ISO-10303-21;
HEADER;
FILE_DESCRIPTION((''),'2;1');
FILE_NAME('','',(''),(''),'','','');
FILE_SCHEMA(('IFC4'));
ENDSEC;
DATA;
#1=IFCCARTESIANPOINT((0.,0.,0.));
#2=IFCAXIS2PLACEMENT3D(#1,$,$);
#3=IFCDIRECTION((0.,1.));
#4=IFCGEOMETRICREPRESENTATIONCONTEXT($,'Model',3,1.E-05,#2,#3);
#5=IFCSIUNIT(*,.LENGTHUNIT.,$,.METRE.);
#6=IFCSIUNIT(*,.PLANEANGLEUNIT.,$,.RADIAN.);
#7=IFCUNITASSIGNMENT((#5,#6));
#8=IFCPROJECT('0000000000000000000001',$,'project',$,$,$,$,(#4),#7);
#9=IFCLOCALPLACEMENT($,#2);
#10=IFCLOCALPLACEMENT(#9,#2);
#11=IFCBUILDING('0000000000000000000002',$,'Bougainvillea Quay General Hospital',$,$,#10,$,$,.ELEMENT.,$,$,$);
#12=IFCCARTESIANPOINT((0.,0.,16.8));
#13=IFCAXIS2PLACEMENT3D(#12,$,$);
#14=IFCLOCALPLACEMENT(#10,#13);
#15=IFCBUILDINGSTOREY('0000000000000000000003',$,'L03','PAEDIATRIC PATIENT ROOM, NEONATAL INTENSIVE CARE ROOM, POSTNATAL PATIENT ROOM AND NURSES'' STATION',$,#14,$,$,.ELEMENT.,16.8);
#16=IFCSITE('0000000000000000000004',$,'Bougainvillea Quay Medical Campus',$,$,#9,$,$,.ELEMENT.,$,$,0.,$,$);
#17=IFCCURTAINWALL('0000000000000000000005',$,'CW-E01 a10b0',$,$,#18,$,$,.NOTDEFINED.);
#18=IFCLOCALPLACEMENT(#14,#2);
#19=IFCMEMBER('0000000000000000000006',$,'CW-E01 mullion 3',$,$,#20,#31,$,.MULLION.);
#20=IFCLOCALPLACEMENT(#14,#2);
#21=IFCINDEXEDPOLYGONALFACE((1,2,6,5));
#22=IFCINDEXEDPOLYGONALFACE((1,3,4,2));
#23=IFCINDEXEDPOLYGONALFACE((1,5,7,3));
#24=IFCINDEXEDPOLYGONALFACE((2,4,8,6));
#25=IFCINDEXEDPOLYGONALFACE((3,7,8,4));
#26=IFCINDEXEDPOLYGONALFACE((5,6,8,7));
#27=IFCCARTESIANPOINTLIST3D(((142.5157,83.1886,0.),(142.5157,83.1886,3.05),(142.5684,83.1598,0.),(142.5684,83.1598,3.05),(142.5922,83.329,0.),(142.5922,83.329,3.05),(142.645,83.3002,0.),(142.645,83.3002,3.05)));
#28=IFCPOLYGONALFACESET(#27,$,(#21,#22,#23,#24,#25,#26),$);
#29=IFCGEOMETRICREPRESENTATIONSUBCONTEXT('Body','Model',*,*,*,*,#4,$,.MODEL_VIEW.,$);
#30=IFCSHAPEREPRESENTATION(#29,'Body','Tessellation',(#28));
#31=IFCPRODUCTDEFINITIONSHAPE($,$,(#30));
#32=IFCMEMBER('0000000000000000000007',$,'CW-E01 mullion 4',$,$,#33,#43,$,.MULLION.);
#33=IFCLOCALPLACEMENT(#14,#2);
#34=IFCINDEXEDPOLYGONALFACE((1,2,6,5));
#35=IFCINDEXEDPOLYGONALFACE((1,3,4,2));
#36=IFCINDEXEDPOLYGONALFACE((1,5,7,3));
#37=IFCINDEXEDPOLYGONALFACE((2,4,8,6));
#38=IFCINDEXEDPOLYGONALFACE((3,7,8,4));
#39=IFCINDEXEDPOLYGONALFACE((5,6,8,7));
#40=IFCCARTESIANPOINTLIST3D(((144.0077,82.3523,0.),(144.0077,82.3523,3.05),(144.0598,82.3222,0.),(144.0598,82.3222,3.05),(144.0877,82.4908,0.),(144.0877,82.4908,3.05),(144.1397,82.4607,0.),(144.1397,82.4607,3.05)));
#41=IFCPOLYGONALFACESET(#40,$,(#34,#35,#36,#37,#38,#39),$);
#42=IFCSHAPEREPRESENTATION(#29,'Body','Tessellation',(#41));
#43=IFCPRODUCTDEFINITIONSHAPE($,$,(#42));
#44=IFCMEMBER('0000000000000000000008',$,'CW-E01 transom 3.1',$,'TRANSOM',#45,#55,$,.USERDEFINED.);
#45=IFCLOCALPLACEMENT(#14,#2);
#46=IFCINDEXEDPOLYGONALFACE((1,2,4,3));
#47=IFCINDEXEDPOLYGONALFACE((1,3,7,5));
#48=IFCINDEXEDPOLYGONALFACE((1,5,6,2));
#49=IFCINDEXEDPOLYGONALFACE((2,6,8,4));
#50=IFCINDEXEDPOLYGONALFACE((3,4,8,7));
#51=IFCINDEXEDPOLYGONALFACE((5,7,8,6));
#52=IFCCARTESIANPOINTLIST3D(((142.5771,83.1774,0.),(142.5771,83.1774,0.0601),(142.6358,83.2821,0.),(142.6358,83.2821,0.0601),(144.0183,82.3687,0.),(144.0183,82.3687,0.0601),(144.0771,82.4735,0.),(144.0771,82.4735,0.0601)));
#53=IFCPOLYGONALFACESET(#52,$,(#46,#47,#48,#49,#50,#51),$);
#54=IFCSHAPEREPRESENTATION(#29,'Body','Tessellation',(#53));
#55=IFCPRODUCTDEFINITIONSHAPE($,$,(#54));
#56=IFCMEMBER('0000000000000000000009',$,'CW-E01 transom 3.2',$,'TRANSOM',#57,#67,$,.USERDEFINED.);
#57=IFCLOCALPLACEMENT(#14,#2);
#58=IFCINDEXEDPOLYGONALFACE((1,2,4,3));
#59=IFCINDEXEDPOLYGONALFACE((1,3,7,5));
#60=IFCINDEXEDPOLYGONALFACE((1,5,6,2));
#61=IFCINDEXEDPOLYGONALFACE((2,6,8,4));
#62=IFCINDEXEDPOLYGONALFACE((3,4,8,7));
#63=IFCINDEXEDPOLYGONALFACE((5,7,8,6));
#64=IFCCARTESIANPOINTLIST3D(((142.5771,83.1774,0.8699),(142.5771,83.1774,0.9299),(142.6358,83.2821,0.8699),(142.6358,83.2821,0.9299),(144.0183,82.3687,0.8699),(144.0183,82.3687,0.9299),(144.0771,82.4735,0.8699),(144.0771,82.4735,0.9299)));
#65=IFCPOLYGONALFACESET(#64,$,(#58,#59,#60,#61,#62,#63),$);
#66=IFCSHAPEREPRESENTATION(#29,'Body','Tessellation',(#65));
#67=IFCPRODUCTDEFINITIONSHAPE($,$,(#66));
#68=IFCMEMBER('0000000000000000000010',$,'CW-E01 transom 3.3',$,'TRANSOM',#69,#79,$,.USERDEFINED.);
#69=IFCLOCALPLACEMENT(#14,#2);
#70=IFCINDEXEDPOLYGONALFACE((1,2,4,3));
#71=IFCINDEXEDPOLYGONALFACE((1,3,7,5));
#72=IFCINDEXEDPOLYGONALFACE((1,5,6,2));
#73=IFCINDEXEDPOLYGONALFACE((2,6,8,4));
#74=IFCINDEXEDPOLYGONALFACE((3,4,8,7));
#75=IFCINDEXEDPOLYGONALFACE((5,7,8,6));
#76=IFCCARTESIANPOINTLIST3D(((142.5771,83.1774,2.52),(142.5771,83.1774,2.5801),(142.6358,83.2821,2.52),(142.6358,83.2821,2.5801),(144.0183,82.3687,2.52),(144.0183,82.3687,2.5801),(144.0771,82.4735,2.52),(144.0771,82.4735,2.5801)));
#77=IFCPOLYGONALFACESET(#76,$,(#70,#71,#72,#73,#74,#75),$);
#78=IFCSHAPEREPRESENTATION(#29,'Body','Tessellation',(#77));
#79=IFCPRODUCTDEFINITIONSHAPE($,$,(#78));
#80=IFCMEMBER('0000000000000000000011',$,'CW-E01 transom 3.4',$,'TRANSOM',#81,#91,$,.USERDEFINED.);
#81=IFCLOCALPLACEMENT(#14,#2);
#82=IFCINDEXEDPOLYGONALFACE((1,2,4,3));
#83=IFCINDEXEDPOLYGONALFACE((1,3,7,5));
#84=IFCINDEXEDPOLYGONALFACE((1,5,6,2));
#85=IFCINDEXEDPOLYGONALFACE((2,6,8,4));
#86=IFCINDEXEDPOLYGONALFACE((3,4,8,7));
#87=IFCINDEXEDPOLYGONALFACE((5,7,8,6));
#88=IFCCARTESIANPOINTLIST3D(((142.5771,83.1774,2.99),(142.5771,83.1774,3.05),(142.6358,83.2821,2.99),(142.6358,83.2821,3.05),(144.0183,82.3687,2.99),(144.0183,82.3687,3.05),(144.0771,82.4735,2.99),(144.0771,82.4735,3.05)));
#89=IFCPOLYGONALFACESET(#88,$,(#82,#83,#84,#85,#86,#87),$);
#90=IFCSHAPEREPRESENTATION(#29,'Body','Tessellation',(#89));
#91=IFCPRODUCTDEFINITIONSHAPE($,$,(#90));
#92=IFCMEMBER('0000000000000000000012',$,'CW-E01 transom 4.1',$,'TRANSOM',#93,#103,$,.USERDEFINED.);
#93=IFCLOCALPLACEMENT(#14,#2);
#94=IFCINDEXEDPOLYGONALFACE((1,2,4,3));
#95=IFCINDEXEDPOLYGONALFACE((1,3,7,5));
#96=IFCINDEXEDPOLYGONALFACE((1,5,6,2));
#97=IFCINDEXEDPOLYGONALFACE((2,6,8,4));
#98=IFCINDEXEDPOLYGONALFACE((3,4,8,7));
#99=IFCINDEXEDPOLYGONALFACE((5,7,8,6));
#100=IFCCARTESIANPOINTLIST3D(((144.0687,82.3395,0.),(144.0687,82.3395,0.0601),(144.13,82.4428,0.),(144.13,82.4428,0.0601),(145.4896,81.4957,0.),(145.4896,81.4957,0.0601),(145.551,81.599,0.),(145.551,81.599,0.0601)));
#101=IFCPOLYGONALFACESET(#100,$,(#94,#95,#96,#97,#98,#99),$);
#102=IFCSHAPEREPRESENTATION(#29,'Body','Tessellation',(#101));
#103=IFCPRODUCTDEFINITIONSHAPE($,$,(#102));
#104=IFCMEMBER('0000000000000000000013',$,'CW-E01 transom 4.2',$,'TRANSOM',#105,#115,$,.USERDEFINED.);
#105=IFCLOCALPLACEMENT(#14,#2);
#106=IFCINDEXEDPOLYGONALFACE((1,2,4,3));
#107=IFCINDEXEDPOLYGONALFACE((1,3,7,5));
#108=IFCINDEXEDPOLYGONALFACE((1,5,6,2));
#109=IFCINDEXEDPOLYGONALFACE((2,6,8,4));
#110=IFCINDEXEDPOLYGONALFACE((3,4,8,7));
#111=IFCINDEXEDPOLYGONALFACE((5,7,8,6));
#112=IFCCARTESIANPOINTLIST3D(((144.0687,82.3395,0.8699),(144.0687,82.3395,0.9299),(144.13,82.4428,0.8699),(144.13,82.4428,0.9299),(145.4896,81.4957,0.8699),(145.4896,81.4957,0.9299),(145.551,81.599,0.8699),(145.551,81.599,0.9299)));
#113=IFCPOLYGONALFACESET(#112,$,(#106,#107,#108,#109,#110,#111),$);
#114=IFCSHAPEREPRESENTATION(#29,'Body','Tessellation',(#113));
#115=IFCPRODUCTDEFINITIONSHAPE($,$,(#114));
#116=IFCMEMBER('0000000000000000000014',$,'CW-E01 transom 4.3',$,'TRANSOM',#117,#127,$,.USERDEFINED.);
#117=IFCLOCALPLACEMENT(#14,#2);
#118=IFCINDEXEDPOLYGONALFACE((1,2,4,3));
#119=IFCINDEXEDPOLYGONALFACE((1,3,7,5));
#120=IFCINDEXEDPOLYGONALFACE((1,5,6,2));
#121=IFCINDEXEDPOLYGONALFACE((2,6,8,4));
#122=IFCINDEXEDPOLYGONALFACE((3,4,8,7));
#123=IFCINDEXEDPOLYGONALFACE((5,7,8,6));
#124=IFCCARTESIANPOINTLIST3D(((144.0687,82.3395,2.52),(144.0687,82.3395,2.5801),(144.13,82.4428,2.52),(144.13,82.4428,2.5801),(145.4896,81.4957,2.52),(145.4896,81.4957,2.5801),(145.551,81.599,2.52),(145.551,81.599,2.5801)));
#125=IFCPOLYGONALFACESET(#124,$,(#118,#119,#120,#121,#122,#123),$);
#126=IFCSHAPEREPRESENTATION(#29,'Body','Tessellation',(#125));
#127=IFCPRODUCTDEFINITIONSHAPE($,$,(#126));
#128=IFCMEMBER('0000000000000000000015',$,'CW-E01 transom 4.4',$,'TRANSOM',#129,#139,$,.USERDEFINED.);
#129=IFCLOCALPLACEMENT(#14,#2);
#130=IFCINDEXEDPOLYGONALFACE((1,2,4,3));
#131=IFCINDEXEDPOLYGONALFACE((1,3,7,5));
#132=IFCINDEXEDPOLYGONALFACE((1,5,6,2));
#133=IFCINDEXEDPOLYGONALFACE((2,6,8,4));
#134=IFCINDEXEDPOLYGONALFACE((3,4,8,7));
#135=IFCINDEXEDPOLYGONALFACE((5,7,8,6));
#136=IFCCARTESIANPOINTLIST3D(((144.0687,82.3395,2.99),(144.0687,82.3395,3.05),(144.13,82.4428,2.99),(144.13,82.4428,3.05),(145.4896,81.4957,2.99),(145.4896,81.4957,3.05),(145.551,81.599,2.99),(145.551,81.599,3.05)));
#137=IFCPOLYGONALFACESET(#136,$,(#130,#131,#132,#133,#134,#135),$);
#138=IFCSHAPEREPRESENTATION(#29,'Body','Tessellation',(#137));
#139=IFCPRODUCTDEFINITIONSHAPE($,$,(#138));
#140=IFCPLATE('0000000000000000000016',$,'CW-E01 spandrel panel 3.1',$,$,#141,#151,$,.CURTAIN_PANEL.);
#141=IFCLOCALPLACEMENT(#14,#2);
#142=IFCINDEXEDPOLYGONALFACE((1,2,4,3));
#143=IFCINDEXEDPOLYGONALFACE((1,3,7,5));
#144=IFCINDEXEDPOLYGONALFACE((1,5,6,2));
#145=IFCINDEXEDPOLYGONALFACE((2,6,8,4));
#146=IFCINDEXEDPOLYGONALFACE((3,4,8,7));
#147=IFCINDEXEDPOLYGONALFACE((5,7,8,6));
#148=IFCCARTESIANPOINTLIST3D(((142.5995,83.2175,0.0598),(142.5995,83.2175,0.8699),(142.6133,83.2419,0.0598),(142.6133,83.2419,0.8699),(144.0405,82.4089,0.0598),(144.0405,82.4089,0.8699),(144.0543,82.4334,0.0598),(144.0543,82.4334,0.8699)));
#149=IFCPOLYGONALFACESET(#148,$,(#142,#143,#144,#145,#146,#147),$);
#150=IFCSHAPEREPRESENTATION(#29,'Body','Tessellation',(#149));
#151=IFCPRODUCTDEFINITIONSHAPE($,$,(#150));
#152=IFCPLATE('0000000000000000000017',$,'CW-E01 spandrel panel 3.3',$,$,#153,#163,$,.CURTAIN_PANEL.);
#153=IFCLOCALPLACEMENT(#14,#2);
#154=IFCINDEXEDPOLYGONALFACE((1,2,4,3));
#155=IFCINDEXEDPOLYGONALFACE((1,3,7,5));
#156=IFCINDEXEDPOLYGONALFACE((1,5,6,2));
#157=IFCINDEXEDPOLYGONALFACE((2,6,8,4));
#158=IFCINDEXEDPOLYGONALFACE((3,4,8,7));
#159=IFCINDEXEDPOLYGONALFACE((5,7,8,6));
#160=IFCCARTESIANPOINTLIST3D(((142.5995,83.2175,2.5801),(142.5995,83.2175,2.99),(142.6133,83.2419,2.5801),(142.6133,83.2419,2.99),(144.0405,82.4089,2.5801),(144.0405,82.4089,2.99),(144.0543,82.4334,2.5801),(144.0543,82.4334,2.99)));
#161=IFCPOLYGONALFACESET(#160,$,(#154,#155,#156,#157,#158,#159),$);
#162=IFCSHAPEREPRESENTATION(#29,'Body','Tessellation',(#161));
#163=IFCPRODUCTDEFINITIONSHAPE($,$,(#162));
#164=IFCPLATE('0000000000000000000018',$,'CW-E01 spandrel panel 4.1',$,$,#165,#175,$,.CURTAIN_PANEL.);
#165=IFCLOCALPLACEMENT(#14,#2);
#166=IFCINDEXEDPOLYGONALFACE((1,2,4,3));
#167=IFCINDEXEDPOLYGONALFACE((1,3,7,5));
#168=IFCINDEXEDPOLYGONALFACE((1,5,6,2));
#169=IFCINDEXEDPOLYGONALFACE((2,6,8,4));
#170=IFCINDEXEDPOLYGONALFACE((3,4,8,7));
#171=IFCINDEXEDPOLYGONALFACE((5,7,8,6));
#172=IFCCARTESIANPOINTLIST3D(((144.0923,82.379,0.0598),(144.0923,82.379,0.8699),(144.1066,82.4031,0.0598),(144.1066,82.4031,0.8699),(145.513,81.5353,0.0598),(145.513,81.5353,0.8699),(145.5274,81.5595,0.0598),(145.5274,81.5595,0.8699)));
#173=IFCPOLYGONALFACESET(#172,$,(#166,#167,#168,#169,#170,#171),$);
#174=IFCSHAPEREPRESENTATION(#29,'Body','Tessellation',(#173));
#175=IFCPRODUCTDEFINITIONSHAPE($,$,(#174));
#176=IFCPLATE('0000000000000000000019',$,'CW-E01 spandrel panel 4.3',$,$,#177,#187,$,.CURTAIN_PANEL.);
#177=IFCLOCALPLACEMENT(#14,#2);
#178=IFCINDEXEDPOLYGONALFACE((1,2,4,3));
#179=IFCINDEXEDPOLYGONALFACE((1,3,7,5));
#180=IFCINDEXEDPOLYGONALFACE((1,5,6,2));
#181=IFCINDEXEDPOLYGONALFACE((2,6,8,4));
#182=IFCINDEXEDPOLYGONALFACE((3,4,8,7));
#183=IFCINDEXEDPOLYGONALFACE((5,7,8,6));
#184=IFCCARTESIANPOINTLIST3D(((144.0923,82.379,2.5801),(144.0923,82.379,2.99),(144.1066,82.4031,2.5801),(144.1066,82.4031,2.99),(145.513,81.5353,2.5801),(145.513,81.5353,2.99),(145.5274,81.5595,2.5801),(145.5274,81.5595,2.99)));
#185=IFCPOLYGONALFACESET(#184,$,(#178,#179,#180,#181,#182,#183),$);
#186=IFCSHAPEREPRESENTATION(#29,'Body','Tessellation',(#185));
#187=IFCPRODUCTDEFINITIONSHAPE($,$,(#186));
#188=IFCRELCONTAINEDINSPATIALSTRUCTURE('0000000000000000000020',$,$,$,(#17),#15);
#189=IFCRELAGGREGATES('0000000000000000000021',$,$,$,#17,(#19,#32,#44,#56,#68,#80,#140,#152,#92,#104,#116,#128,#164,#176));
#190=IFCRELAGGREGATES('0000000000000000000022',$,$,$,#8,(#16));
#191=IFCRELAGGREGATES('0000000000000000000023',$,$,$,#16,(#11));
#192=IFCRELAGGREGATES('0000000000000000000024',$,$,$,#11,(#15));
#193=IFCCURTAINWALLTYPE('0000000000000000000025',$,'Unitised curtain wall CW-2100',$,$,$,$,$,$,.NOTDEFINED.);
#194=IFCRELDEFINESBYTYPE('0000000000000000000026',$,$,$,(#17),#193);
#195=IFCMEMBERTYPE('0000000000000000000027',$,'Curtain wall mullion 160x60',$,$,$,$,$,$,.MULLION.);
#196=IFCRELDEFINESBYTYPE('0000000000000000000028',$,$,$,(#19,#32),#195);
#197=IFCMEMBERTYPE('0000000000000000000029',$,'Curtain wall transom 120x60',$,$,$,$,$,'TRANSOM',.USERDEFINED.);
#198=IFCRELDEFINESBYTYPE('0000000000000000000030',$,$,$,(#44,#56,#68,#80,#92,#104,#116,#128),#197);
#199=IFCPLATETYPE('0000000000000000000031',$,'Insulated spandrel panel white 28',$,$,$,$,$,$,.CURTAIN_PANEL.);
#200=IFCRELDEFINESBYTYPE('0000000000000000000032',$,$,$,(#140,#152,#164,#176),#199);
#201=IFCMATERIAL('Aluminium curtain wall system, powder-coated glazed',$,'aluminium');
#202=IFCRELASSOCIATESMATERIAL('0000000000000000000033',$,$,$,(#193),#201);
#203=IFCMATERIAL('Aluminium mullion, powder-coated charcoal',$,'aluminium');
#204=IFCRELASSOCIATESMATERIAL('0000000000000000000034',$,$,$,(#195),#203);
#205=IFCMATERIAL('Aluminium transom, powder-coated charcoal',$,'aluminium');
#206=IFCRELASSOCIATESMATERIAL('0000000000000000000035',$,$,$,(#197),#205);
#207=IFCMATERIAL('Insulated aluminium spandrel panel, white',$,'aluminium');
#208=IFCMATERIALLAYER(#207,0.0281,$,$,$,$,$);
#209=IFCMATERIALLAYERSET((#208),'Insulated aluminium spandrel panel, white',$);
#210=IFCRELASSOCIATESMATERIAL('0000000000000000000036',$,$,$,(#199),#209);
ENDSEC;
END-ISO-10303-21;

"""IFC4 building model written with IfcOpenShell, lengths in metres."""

from ifc_helpers import new_model, si_unit, direction, frame, origin, origin_2d, place, context, subcontext, project, spatial, rectangle, extrude, material, layer, layer_set, material_profile, profile_set, type_object, element, aggregate, save


model = new_model("IFC4")

# Units and contexts
model_context = context("Model", 3, precision=1e-05, world=origin(), true_north=direction((0.0, 1.0)))
body_context = subcontext(model_context, "Body", "Model", "MODEL_VIEW")
ifc_project = project(units=[si_unit("LENGTHUNIT", "METRE"), si_unit("PLANEANGLEUNIT", "RADIAN")], contexts=[model_context])

# Site, building, storey
site_placement = place(None, origin())
site = spatial("IfcSite", under=ifc_project, at=site_placement, Name="Bougainvillea Quay Medical Campus", CompositionType="ELEMENT", RefElevation=0.0)
building_placement = place(site_placement, origin())
building = spatial("IfcBuilding", under=site, at=building_placement, Name="Bougainvillea Quay General Hospital", CompositionType="ELEMENT")
storey_placement = place(building_placement, frame((0.0, 0.0, 16.8)))
storey = spatial("IfcBuildingStorey", under=building, at=storey_placement, Name="L03", Description="PAEDIATRIC PATIENT ROOM, NEONATAL INTENSIVE CARE ROOM, POSTNATAL PATIENT ROOM AND NURSES' STATION", CompositionType="ELEMENT", Elevation=16.8)

# Curtain wall, members, plates
ifc_material_1 = material(Name="Aluminium curtain wall system, powder-coated glazed", Category="aluminium")
curtain_wall_type = type_object("IfcCurtainWallType", Name="Unitised curtain wall CW-2100", PredefinedType="NOTDEFINED", material=ifc_material_1)
curtain_wall_placement = place(storey_placement, origin())
curtain_wall = element("IfcCurtainWall", 1, at=curtain_wall_placement, inside=storey, type_object=curtain_wall_type, Name="CW-E01 a10b0", PredefinedType="NOTDEFINED")
ifc_material_2 = material(Name="Aluminium mullion, powder-coated charcoal", Category="aluminium")
ifc_material_profile_1 = material_profile(ifc_material_2, rectangle(XDim=0.1599, YDim=0.0601, at=origin_2d()))
ifc_profile_set_1 = profile_set([ifc_material_profile_1], Name="Aluminium mullion, powder-coated charcoal")
member_type_1 = type_object("IfcMemberType", Name="Curtain wall mullion 160x60", PredefinedType="MULLION", material=ifc_profile_set_1)
member_1_placement = place(storey_placement, frame((142.5803, 83.2444, 0.0), z_axis=(0.0, 0.0, 1.0), x_axis=(0.478567, 0.878051, 0.0)))
member_1 = element("IfcMember", 2, at=member_1_placement, type_object=member_type_1, Name="CW-E01 mullion 3", PredefinedType="MULLION", context=body_context, shape_type="SweptSolid", body=[
    extrude(rectangle(XDim=0.1599, YDim=0.0601, at=origin_2d()), origin(), (0.0, 0.0, 1.0), 3.05),
])
member_2_placement = place(storey_placement, frame((144.0737, 82.4065, 0.0), z_axis=(0.0, 0.0, 1.0), x_axis=(0.499979, 0.866038, 0.0)))
member_2 = element("IfcMember", 3, at=member_2_placement, type_object=member_type_1, Name="CW-E01 mullion 4", PredefinedType="MULLION", context=body_context, shape_type="SweptSolid", body=[
    extrude(rectangle(XDim=0.1599, YDim=0.0601, at=origin_2d()), origin(), (0.0, 0.0, 1.0), 3.05),
])
ifc_material_3 = material(Name="Aluminium transom, powder-coated charcoal", Category="aluminium")
ifc_material_profile_2 = material_profile(ifc_material_3, rectangle(XDim=0.1201, YDim=0.0601, at=origin_2d()))
ifc_profile_set_2 = profile_set([ifc_material_profile_2], Name="Aluminium transom, powder-coated charcoal")
member_type_2 = type_object("IfcMemberType", Name="Curtain wall transom 120x60", ElementType="TRANSOM", PredefinedType="USERDEFINED", material=ifc_profile_set_2)
member_3_placement = place(storey_placement, frame((142.6064, 83.2297, 0.03), z_axis=(0.872108, -0.489314, 0.0), x_axis=(0.489314, 0.872108, 0.0)))
member_3 = element("IfcMember", 4, at=member_3_placement, type_object=member_type_2, Name="CW-E01 transom 3.1", ObjectType="TRANSOM", PredefinedType="USERDEFINED", context=body_context, shape_type="SweptSolid", body=[
    extrude(rectangle(XDim=0.1201, YDim=0.0601, at=origin_2d()), origin(), (0.0, 0.0, 1.0), 1.6526),
])
member_4_placement = place(storey_placement, frame((142.6064, 83.2297, 0.8999), z_axis=(0.872108, -0.489314, 0.0), x_axis=(0.489314, 0.872108, 0.0)))
member_4 = element("IfcMember", 5, at=member_4_placement, type_object=member_type_2, Name="CW-E01 transom 3.2", ObjectType="TRANSOM", PredefinedType="USERDEFINED", context=body_context, shape_type="SweptSolid", body=[
    extrude(rectangle(XDim=0.1201, YDim=0.0601, at=origin_2d()), origin(), (0.0, 0.0, 1.0), 1.6526),
])
member_5_placement = place(storey_placement, frame((142.6064, 83.2297, 2.55), z_axis=(0.872108, -0.489314, 0.0), x_axis=(0.489314, 0.872108, 0.0)))
member_5 = element("IfcMember", 6, at=member_5_placement, type_object=member_type_2, Name="CW-E01 transom 3.3", ObjectType="TRANSOM", PredefinedType="USERDEFINED", context=body_context, shape_type="SweptSolid", body=[
    extrude(rectangle(XDim=0.1201, YDim=0.0601, at=origin_2d()), origin(), (0.0, 0.0, 1.0), 1.6526),
])
member_6_placement = place(storey_placement, frame((142.6064, 83.2297, 3.02), z_axis=(0.872108, -0.489314, 0.0), x_axis=(0.489314, 0.872108, 0.0)))
member_6 = element("IfcMember", 7, at=member_6_placement, type_object=member_type_2, Name="CW-E01 transom 3.4", ObjectType="TRANSOM", PredefinedType="USERDEFINED", context=body_context, shape_type="SweptSolid", body=[
    extrude(rectangle(XDim=0.1201, YDim=0.0601, at=origin_2d()), origin(), (0.0, 0.0, 1.0), 1.6526),
])
member_7_placement = place(storey_placement, frame((144.0994, 82.3911, 0.03), z_axis=(0.85983, -0.51058, 0.0), x_axis=(0.51058, 0.85983, 0.0)))
member_7 = element("IfcMember", 8, at=member_7_placement, type_object=member_type_2, Name="CW-E01 transom 4.1", ObjectType="TRANSOM", PredefinedType="USERDEFINED", context=body_context, shape_type="SweptSolid", body=[
    extrude(rectangle(XDim=0.1201, YDim=0.0601, at=origin_2d()), origin(), (0.0, 0.0, 1.0), 1.6526),
])
member_8_placement = place(storey_placement, frame((144.0994, 82.3911, 0.8999), z_axis=(0.85983, -0.51058, 0.0), x_axis=(0.51058, 0.85983, 0.0)))
member_8 = element("IfcMember", 9, at=member_8_placement, type_object=member_type_2, Name="CW-E01 transom 4.2", ObjectType="TRANSOM", PredefinedType="USERDEFINED", context=body_context, shape_type="SweptSolid", body=[
    extrude(rectangle(XDim=0.1201, YDim=0.0601, at=origin_2d()), origin(), (0.0, 0.0, 1.0), 1.6526),
])
member_9_placement = place(storey_placement, frame((144.0994, 82.3911, 2.55), z_axis=(0.85983, -0.51058, 0.0), x_axis=(0.51058, 0.85983, 0.0)))
member_9 = element("IfcMember", 10, at=member_9_placement, type_object=member_type_2, Name="CW-E01 transom 4.3", ObjectType="TRANSOM", PredefinedType="USERDEFINED", context=body_context, shape_type="SweptSolid", body=[
    extrude(rectangle(XDim=0.1201, YDim=0.0601, at=origin_2d()), origin(), (0.0, 0.0, 1.0), 1.6526),
])
member_10_placement = place(storey_placement, frame((144.0994, 82.3911, 3.02), z_axis=(0.85983, -0.51058, 0.0), x_axis=(0.51058, 0.85983, 0.0)))
member_10 = element("IfcMember", 11, at=member_10_placement, type_object=member_type_2, Name="CW-E01 transom 4.4", ObjectType="TRANSOM", PredefinedType="USERDEFINED", context=body_context, shape_type="SweptSolid", body=[
    extrude(rectangle(XDim=0.1201, YDim=0.0601, at=origin_2d()), origin(), (0.0, 0.0, 1.0), 1.6526),
])
ifc_material_4 = material(Name="Insulated aluminium spandrel panel, white", Category="aluminium")
ifc_layer_1 = layer(ifc_material_4, 0.0281)
ifc_layer_set_1 = layer_set([ifc_layer_1], Name="Insulated aluminium spandrel panel, white")
plate_type_1 = type_object("IfcPlateType", Name="Insulated spandrel panel white 28", PredefinedType="CURTAIN_PANEL", material=ifc_layer_set_1)
plate_1_placement = place(storey_placement, frame((143.3269, 82.8254, 0.0598), z_axis=(0.0, 0.0, 1.0), x_axis=(0.87211, -0.48931, 0.0)))
plate_1 = element("IfcPlate", 12, at=plate_1_placement, type_object=plate_type_1, Name="CW-E01 spandrel panel 3.1", PredefinedType="CURTAIN_PANEL", context=body_context, shape_type="SweptSolid", body=[
    extrude(rectangle(XDim=1.6523, YDim=0.0281, at=origin_2d()), origin(), (0.0, 0.0, 1.0), 0.8101),
])
plate_2_placement = place(storey_placement, frame((143.3269, 82.8254, 2.5801), z_axis=(0.0, 0.0, 1.0), x_axis=(0.87211, -0.48931, 0.0)))
plate_2 = element("IfcPlate", 13, at=plate_2_placement, type_object=plate_type_1, Name="CW-E01 spandrel panel 3.3", PredefinedType="CURTAIN_PANEL", context=body_context, shape_type="SweptSolid", body=[
    extrude(rectangle(XDim=1.6523, YDim=0.0281, at=origin_2d()), origin(), (0.0, 0.0, 1.0), 0.4099),
])
plate_3_placement = place(storey_placement, frame((144.8098, 81.9692, 0.0598), z_axis=(0.0, 0.0, 1.0), x_axis=(0.859835, -0.510572, 0.0)))
plate_3 = element("IfcPlate", 14, at=plate_3_placement, type_object=plate_type_1, Name="CW-E01 spandrel panel 4.1", PredefinedType="CURTAIN_PANEL", context=body_context, shape_type="SweptSolid", body=[
    extrude(rectangle(XDim=1.6523, YDim=0.0281, at=origin_2d()), origin(), (0.0, 0.0, 1.0), 0.8101),
])
plate_4_placement = place(storey_placement, frame((144.8098, 81.9692, 2.5801), z_axis=(0.0, 0.0, 1.0), x_axis=(0.859835, -0.510572, 0.0)))
plate_4 = element("IfcPlate", 15, at=plate_4_placement, type_object=plate_type_1, Name="CW-E01 spandrel panel 4.3", PredefinedType="CURTAIN_PANEL", context=body_context, shape_type="SweptSolid", body=[
    extrude(rectangle(XDim=1.6523, YDim=0.0281, at=origin_2d()), origin(), (0.0, 0.0, 1.0), 0.4099),
])
aggregate(curtain_wall, [member_1, member_2, member_3, member_4, member_5, member_6, plate_1, plate_2, member_7, member_8, member_9, member_10, plate_3, plate_4])

save(model, "model.ifc")
